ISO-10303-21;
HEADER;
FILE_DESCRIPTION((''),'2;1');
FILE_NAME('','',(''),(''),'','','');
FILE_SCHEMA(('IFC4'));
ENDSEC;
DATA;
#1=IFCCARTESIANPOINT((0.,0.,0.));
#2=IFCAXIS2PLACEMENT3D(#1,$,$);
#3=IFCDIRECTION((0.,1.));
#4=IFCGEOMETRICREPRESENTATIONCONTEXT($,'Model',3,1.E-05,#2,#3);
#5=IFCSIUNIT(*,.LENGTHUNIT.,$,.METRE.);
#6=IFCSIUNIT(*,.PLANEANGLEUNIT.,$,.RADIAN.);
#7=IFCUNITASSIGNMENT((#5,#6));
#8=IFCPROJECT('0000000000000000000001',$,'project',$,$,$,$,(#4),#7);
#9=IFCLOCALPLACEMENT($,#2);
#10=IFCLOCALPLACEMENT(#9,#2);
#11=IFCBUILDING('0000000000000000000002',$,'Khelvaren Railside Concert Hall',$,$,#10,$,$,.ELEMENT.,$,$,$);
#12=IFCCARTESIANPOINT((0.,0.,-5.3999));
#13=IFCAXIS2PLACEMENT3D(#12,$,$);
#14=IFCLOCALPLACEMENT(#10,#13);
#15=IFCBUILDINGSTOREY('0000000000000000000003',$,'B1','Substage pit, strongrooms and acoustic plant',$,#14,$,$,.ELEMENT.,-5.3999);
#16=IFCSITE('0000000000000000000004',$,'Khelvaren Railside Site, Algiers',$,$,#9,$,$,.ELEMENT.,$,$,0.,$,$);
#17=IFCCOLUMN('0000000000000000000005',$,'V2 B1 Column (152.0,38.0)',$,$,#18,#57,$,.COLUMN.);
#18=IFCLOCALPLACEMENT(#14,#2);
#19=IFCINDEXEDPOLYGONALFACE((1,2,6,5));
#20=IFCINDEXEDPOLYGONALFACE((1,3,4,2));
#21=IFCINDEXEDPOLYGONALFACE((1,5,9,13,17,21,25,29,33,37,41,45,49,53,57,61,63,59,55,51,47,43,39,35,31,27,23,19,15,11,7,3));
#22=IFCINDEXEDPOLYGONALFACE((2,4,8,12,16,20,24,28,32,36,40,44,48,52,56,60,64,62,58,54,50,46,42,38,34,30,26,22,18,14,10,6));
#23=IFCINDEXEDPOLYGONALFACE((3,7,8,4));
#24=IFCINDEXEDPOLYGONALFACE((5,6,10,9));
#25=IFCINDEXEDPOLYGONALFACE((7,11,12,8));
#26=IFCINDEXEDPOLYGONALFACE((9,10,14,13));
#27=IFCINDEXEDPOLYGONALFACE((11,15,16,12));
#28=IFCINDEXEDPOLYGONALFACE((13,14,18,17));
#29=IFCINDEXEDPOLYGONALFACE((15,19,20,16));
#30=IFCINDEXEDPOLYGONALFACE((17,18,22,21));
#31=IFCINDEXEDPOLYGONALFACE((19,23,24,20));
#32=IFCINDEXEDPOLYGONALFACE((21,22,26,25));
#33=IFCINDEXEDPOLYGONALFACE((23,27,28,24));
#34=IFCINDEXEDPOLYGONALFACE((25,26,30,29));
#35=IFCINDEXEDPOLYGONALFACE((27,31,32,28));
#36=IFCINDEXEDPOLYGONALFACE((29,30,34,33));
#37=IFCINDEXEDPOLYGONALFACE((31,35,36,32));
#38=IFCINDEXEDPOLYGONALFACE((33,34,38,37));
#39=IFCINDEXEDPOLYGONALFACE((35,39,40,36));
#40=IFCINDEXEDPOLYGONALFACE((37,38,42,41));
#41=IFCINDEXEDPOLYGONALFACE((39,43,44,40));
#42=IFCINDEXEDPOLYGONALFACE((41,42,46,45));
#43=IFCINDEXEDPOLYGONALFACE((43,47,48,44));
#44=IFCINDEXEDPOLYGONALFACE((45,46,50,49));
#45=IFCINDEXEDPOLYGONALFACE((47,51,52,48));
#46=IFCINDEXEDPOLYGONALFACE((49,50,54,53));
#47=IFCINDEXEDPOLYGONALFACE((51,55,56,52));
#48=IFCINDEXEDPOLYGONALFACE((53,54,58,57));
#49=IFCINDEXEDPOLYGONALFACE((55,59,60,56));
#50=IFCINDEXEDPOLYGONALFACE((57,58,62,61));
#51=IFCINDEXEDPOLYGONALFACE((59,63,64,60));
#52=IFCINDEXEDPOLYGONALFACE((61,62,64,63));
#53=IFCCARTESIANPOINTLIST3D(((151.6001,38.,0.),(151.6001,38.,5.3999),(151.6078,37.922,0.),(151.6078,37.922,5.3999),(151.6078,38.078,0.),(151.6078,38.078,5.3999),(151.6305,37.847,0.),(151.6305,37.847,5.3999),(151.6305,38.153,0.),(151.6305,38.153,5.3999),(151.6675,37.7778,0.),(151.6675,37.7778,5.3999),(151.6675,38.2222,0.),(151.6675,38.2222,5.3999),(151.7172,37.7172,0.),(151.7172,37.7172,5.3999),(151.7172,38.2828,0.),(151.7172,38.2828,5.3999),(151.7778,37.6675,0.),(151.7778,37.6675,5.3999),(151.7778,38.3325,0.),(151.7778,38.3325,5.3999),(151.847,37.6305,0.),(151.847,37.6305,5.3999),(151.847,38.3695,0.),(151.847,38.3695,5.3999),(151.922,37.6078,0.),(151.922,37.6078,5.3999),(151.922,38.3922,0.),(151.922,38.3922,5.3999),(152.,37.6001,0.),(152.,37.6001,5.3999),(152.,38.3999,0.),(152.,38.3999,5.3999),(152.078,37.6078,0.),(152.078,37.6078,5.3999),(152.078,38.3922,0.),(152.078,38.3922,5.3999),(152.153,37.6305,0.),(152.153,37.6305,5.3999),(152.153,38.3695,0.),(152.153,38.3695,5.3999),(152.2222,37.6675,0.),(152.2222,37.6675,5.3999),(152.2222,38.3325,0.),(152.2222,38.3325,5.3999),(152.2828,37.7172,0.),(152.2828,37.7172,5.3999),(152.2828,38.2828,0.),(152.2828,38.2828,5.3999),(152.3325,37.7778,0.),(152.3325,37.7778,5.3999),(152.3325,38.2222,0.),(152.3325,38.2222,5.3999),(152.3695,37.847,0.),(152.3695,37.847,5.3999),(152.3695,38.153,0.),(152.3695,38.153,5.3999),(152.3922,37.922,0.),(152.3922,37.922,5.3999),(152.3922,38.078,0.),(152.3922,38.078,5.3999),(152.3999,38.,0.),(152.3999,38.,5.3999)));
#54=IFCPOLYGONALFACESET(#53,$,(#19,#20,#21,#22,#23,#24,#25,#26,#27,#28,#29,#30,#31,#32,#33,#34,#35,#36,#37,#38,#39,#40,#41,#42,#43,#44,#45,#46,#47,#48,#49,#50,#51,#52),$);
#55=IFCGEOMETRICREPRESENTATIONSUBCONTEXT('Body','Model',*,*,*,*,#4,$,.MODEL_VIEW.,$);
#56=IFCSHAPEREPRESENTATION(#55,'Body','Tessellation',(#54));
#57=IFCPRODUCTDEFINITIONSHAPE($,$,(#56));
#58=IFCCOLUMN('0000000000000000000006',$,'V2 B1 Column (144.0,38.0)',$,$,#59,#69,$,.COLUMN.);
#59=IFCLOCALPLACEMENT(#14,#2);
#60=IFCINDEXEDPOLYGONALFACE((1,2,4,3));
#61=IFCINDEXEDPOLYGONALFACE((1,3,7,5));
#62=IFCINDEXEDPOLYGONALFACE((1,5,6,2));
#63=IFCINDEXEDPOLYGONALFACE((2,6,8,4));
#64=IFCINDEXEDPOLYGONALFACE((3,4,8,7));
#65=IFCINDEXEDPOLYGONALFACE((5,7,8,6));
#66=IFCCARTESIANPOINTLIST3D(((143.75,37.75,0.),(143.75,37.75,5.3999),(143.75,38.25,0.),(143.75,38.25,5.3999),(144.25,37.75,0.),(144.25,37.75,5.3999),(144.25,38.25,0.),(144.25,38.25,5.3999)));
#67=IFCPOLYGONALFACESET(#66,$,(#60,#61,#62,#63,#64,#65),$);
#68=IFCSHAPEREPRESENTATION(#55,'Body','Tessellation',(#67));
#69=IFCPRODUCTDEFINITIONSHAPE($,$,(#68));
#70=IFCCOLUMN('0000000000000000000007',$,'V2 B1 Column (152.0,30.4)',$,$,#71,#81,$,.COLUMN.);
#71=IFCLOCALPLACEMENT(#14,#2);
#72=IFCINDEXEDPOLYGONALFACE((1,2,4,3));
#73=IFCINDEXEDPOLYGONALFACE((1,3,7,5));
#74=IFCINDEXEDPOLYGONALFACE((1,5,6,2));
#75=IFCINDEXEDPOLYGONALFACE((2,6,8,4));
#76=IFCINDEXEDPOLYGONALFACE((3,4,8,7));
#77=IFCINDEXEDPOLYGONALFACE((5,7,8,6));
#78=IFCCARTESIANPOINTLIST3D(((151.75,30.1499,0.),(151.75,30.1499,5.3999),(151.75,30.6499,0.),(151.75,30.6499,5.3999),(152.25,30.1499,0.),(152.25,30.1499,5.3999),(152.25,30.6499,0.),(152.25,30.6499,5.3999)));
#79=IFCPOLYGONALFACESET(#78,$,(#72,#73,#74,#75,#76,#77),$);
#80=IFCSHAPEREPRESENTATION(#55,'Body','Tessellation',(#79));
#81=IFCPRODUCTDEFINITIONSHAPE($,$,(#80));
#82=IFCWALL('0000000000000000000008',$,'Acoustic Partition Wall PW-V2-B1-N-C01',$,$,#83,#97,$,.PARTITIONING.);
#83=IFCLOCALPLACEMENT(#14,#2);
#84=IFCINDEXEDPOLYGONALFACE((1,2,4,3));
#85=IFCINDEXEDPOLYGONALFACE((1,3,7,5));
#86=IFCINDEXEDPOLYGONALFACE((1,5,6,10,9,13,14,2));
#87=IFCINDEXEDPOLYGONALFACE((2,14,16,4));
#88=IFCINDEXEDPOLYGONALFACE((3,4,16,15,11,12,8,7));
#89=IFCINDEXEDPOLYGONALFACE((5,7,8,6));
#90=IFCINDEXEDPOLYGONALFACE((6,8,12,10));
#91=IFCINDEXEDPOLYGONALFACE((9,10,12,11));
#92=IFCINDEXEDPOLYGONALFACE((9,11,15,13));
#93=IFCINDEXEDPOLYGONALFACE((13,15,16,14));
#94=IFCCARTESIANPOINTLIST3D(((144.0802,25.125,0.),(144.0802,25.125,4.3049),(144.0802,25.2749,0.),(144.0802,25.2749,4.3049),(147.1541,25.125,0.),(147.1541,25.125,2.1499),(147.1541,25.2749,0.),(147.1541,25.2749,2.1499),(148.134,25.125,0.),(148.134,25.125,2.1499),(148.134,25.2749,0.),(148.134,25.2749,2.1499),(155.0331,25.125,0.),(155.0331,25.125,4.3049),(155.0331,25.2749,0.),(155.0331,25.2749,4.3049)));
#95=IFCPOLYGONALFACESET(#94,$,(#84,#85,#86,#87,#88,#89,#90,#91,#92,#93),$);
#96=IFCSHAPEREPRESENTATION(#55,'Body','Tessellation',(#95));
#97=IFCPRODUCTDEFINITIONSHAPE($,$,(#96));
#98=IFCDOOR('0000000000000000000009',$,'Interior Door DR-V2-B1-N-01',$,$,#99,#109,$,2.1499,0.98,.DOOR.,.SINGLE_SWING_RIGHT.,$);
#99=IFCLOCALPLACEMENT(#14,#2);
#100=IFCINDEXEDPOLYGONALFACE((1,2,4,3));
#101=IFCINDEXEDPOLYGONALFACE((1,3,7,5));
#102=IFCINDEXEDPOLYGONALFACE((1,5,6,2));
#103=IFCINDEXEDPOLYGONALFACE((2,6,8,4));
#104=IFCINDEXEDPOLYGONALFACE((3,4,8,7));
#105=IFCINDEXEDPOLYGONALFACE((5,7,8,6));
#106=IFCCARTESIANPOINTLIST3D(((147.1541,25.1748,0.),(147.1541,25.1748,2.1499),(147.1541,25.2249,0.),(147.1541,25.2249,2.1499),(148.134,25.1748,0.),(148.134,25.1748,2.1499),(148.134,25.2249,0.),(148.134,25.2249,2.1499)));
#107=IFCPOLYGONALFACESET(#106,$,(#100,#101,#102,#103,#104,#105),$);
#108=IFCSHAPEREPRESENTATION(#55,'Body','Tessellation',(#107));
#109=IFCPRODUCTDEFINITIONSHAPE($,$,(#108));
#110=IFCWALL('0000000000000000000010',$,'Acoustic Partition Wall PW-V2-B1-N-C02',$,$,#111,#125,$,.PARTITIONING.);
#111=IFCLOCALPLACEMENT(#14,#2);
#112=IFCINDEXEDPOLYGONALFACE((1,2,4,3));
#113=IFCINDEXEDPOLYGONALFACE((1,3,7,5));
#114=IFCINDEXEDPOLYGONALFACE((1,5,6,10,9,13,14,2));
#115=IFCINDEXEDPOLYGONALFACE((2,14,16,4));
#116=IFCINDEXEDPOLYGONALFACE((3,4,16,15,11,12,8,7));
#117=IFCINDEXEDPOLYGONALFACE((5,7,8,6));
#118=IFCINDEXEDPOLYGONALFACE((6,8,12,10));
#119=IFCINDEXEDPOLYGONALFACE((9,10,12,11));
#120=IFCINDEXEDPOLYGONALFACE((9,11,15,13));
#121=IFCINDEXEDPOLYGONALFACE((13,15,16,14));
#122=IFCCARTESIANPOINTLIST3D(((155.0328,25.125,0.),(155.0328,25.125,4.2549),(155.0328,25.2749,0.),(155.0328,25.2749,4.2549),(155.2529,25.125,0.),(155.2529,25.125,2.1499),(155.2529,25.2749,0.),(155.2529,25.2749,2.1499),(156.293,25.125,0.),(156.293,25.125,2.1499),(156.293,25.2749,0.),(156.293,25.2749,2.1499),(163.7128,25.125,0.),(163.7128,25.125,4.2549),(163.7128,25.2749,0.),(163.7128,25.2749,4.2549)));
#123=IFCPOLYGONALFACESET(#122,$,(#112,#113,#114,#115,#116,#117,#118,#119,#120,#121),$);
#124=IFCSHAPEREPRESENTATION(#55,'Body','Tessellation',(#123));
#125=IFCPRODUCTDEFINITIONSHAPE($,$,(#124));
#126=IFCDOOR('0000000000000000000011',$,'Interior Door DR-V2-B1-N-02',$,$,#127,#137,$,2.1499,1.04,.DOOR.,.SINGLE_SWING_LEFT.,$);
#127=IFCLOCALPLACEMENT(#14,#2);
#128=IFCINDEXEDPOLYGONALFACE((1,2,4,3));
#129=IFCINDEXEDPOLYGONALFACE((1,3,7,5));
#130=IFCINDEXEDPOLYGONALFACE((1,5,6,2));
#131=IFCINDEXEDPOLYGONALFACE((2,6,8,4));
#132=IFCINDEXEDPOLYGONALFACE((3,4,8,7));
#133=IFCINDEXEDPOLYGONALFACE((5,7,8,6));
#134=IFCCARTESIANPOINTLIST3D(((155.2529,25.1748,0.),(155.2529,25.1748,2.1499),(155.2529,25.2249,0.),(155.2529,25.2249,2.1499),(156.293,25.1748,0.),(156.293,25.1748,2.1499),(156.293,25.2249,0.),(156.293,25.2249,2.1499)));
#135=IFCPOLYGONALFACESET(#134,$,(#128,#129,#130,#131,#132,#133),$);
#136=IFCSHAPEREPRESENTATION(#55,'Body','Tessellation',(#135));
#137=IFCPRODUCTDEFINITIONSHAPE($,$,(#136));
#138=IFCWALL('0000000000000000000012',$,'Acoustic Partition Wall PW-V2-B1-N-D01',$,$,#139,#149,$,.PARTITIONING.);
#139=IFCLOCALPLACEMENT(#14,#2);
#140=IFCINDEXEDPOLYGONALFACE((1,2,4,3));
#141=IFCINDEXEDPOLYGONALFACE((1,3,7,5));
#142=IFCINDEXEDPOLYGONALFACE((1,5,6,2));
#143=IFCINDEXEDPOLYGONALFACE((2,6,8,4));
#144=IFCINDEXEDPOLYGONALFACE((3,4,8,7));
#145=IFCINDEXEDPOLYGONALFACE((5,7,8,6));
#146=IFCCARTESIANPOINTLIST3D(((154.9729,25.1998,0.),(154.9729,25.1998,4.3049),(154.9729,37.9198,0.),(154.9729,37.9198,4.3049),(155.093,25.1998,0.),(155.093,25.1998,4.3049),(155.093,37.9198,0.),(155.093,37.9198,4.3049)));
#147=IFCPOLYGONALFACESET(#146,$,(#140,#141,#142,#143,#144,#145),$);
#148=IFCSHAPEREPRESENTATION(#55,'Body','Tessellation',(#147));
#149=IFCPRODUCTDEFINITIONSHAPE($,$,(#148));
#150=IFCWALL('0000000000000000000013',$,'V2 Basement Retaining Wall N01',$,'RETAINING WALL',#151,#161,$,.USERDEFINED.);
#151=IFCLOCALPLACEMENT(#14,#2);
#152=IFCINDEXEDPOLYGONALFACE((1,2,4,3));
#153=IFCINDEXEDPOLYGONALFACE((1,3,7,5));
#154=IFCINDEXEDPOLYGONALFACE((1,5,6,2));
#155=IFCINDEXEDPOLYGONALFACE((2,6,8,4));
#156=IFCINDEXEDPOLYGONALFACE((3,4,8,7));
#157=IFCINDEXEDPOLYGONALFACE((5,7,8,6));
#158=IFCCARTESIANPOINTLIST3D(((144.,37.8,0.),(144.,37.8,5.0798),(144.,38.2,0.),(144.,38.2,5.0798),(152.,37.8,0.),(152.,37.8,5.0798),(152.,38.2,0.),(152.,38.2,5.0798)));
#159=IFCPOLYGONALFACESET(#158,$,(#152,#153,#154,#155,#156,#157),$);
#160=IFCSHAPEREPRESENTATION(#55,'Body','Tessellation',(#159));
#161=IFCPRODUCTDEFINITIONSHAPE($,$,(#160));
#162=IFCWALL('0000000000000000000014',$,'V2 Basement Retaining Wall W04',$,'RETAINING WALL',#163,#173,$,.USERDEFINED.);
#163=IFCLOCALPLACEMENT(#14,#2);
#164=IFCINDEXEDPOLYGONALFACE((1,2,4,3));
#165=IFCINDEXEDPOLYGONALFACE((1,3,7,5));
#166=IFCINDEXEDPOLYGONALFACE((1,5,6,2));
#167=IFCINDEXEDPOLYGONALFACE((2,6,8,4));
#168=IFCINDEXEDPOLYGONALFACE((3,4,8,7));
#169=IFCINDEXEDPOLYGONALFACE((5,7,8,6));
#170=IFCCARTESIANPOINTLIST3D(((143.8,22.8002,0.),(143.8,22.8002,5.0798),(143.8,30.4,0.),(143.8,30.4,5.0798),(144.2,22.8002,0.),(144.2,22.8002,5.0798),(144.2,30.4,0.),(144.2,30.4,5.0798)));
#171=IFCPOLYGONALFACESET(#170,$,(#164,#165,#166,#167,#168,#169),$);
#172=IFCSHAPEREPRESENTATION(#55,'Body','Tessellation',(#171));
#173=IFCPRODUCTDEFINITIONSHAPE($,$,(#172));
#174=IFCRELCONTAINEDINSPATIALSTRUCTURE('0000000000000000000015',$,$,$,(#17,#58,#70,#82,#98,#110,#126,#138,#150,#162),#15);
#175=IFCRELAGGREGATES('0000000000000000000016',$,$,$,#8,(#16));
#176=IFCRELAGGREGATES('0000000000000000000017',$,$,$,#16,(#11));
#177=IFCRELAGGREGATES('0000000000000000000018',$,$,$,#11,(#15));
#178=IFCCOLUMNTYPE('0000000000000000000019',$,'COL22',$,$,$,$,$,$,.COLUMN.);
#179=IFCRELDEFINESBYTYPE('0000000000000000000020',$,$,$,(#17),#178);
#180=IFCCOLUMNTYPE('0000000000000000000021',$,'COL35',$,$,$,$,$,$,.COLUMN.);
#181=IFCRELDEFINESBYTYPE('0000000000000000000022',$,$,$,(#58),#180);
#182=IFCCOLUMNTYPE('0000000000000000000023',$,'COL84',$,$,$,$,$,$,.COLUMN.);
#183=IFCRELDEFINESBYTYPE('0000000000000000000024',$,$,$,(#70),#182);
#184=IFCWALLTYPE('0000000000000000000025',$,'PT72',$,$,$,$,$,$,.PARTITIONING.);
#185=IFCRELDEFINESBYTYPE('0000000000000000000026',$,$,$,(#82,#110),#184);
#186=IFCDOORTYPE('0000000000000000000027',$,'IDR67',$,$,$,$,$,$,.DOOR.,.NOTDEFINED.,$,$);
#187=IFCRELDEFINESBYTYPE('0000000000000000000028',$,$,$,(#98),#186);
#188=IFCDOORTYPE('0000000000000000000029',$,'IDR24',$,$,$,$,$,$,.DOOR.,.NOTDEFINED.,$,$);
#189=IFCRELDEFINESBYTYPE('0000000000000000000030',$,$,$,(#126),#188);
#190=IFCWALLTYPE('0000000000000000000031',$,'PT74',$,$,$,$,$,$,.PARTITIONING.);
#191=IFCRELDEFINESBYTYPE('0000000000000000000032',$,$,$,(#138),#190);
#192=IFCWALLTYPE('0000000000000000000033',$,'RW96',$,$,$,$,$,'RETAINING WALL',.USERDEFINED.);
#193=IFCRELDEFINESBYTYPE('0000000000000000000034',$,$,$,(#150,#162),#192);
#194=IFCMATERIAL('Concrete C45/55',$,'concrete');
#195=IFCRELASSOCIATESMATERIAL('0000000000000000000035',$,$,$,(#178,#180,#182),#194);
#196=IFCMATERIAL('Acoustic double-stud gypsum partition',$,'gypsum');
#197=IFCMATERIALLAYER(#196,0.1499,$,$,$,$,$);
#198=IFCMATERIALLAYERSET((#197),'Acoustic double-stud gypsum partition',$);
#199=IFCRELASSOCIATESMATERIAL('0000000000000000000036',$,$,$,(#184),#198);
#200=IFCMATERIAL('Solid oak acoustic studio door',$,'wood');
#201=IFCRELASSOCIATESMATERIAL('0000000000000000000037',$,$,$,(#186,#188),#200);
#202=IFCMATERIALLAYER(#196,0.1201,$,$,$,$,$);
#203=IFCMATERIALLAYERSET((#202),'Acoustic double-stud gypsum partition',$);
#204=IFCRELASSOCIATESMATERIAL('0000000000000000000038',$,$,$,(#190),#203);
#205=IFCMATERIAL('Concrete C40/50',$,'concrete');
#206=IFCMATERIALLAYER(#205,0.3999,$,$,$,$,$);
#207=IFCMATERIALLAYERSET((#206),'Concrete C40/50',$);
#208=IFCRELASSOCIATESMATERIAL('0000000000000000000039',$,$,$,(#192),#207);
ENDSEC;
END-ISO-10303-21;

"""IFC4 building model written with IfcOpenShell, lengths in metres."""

from ifc_helpers import new_model, si_unit, direction, frame, frame_2d, origin, origin_2d, place, context, subcontext, project, spatial, rectangle, circle, extrude, material, layer, layer_set, material_profile, profile_set, type_object, element, fill, save


model = new_model("IFC4")

# Units and contexts
model_context = context("Model", 3, precision=1e-05, world=origin(), true_north=direction((0.0, 1.0)))
body_context = subcontext(model_context, "Body", "Model", "MODEL_VIEW")
ifc_project = project(units=[si_unit("LENGTHUNIT", "METRE"), si_unit("PLANEANGLEUNIT", "RADIAN")], contexts=[model_context])

# Site, building, storey
site_placement = place(None, origin())
site = spatial("IfcSite", under=ifc_project, at=site_placement, Name="Khelvaren Railside Site, Algiers", CompositionType="ELEMENT", RefElevation=0.0)
building_placement = place(site_placement, origin())
building = spatial("IfcBuilding", under=site, at=building_placement, Name="Khelvaren Railside Concert Hall", CompositionType="ELEMENT")
storey_placement = place(building_placement, frame((0.0, 0.0, -5.3999)))
storey = spatial("IfcBuildingStorey", under=building, at=storey_placement, Name="B1", Description="Substage pit, strongrooms and acoustic plant", CompositionType="ELEMENT", Elevation=-5.3999)

# Columns
ifc_material_1 = material(Name="Concrete C45/55", Category="concrete")
ifc_material_profile_1 = material_profile(ifc_material_1, circle(Radius=0.3999, at=origin_2d()), Name="RC D800")
ifc_profile_set_1 = profile_set([ifc_material_profile_1], Name="Concrete C45/55")
column_type_1 = type_object("IfcColumnType", Name="COL22", PredefinedType="COLUMN", material=ifc_profile_set_1)
column_1_placement = place(storey_placement, frame((152.0, 38.0, 0.0), z_axis=(0.0, 0.0, 1.0), x_axis=(1.0, 0.0, 0.0)))
element("IfcColumn", 1, at=column_1_placement, inside=storey, type_object=column_type_1, Name="V2 B1 Column (152.0,38.0)", PredefinedType="COLUMN", context=body_context, shape_type="SweptSolid", body=[
    extrude(circle(Radius=0.3999, at=origin_2d()), origin(), (0.0, 0.0, 1.0), 5.3999),
])
ifc_material_profile_2 = material_profile(ifc_material_1, rectangle(XDim=0.5, YDim=0.5, at=origin_2d()), Name="RC 500x500")
ifc_profile_set_2 = profile_set([ifc_material_profile_2], Name="Concrete C45/55")
column_type_2 = type_object("IfcColumnType", Name="COL35", PredefinedType="COLUMN", material=ifc_profile_set_2)
column_2_placement = place(storey_placement, frame((144.0, 38.0, 0.0), z_axis=(0.0, 0.0, 1.0), x_axis=(1.0, 0.0, 0.0)))
element("IfcColumn", 2, at=column_2_placement, inside=storey, type_object=column_type_2, Name="V2 B1 Column (144.0,38.0)", PredefinedType="COLUMN", context=body_context, shape_type="SweptSolid", body=[
    extrude(rectangle(XDim=0.5, YDim=0.5, at=origin_2d()), origin(), (0.0, 0.0, 1.0), 5.3999),
])
ifc_material_profile_3 = material_profile(ifc_material_1, rectangle(XDim=0.5, YDim=0.5, at=origin_2d()), Name="RC 500x500")
ifc_profile_set_3 = profile_set([ifc_material_profile_3], Name="Concrete C45/55")
column_type_3 = type_object("IfcColumnType", Name="COL84", PredefinedType="COLUMN", material=ifc_profile_set_3)
column_3_placement = place(storey_placement, frame((152.0, 30.3999, 0.0), z_axis=(0.0, 0.0, 1.0), x_axis=(1.0, 0.0, 0.0)))
element("IfcColumn", 3, at=column_3_placement, inside=storey, type_object=column_type_3, Name="V2 B1 Column (152.0,30.4)", PredefinedType="COLUMN", context=body_context, shape_type="SweptSolid", body=[
    extrude(rectangle(XDim=0.5, YDim=0.5, at=origin_2d()), origin(), (0.0, 0.0, 1.0), 5.3999),
])

# Walls, openings, doors
ifc_material_2 = material(Name="Acoustic double-stud gypsum partition", Category="gypsum")
ifc_layer_1 = layer(ifc_material_2, 0.1499)
ifc_layer_set_1 = layer_set([ifc_layer_1], Name="Acoustic double-stud gypsum partition")
wall_type_1 = type_object("IfcWallType", Name="PT72", PredefinedType="PARTITIONING", material=ifc_layer_set_1)
wall_1_placement = place(storey_placement, frame((144.0801, 25.2, 0.0), z_axis=(0.0, 0.0, 1.0), x_axis=(1.0, 0.0, 0.0)))
wall_1 = element("IfcWall", 4, at=wall_1_placement, inside=storey, type_object=wall_type_1, Name="Acoustic Partition Wall PW-V2-B1-N-C01", PredefinedType="PARTITIONING", context=body_context, shape_type="SweptSolid", body=[
    extrude(rectangle(XDim=10.9529, YDim=0.1499, at=frame_2d((5.4766, 0.0))), origin(), (0.0, 0.0, 1.0), 4.3049),
])
opening_1_placement = place(wall_1_placement, frame((3.074, 0.0, 0.0)))
opening_1 = element("IfcOpeningElement", 5, at=opening_1_placement, cuts=wall_1, PredefinedType="OPENING", context=body_context, shape_type="SweptSolid", body=[
    extrude(rectangle(XDim=0.98, YDim=2.1499, at=frame_2d((0.49, 1.075))), frame((0.0, 0.085, 0.0), z_axis=(0.0, -1.0, 0.0), x_axis=(1.0, 0.0, 0.0)), (0.0, 0.0, 1.0), 0.1699),
])
ifc_material_3 = material(Name="Solid oak acoustic studio door", Category="wood")
door_type_1 = type_object("IfcDoorType", Name="IDR67", OperationType="NOTDEFINED", PredefinedType="DOOR", material=ifc_material_3)
door_1_placement = place(opening_1_placement, origin())
door_1 = element("IfcDoor", 6, at=door_1_placement, inside=storey, type_object=door_type_1, Name="Interior Door DR-V2-B1-N-01", OperationType="SINGLE_SWING_RIGHT", OverallHeight=2.1499, OverallWidth=0.98, PredefinedType="DOOR", context=body_context, shape_type="SweptSolid", body=[
    extrude(rectangle(XDim=0.98, YDim=2.1499, at=frame_2d((0.49, 1.075))), frame((0.0, 0.0249, 0.0), z_axis=(0.0, -1.0, 0.0), x_axis=(1.0, 0.0, 0.0)), (0.0, 0.0, 1.0), 0.05),
])
fill(opening_1, door_1)
wall_2_placement = place(storey_placement, frame((155.033, 25.2, 0.0), z_axis=(0.0, 0.0, 1.0), x_axis=(1.0, 0.0, 0.0)))
wall_2 = element("IfcWall", 7, at=wall_2_placement, inside=storey, type_object=wall_type_1, Name="Acoustic Partition Wall PW-V2-B1-N-C02", PredefinedType="PARTITIONING", context=body_context, shape_type="SweptSolid", body=[
    extrude(rectangle(XDim=8.6799, YDim=0.1499, at=frame_2d((4.3398, 0.0))), origin(), (0.0, 0.0, 1.0), 4.2549),
])
opening_2_placement = place(wall_2_placement, frame((0.22, 0.0, 0.0)))
opening_2 = element("IfcOpeningElement", 8, at=opening_2_placement, cuts=wall_2, PredefinedType="OPENING", context=body_context, shape_type="SweptSolid", body=[
    extrude(rectangle(XDim=1.04, YDim=2.1499, at=frame_2d((0.52, 1.075))), frame((0.0, 0.085, 0.0), z_axis=(0.0, -1.0, 0.0), x_axis=(1.0, 0.0, 0.0)), (0.0, 0.0, 1.0), 0.1699),
])
door_type_2 = type_object("IfcDoorType", Name="IDR24", OperationType="NOTDEFINED", PredefinedType="DOOR", material=ifc_material_3)
door_2_placement = place(opening_2_placement, origin())
door_2 = element("IfcDoor", 9, at=door_2_placement, inside=storey, type_object=door_type_2, Name="Interior Door DR-V2-B1-N-02", OperationType="SINGLE_SWING_LEFT", OverallHeight=2.1499, OverallWidth=1.04, PredefinedType="DOOR", context=body_context, shape_type="SweptSolid", body=[
    extrude(rectangle(XDim=1.04, YDim=2.1499, at=frame_2d((0.52, 1.075))), frame((0.0, 0.0249, 0.0), z_axis=(0.0, -1.0, 0.0), x_axis=(1.0, 0.0, 0.0)), (0.0, 0.0, 1.0), 0.05),
])
fill(opening_2, door_2)

# Walls
ifc_layer_2 = layer(ifc_material_2, 0.1201)
ifc_layer_set_2 = layer_set([ifc_layer_2], Name="Acoustic double-stud gypsum partition")
wall_type_2 = type_object("IfcWallType", Name="PT74", PredefinedType="PARTITIONING", material=ifc_layer_set_2)
wall_3_placement = place(storey_placement, frame((155.033, 25.2, 0.0), z_axis=(0.0, 0.0, 1.0), x_axis=(0.0, 1.0, 0.0)))
element("IfcWall", 10, at=wall_3_placement, inside=storey, type_object=wall_type_2, Name="Acoustic Partition Wall PW-V2-B1-N-D01", PredefinedType="PARTITIONING", context=body_context, shape_type="SweptSolid", body=[
    extrude(rectangle(XDim=12.72, YDim=0.1201, at=frame_2d((6.3599, 0.0))), origin(), (0.0, 0.0, 1.0), 4.3049),
])
ifc_material_4 = material(Name="Concrete C40/50", Category="concrete")
ifc_layer_3 = layer(ifc_material_4, 0.3999)
ifc_layer_set_3 = layer_set([ifc_layer_3], Name="Concrete C40/50")
wall_type_3 = type_object("IfcWallType", Name="RW96", ElementType="RETAINING WALL", PredefinedType="USERDEFINED", material=ifc_layer_set_3)
wall_4_placement = place(storey_placement, frame((152.0, 38.0, 0.0), z_axis=(0.0, 0.0, 1.0), x_axis=(-1.0, 0.0, 0.0)))
element("IfcWall", 11, at=wall_4_placement, inside=storey, type_object=wall_type_3, Name="V2 Basement Retaining Wall N01", ObjectType="RETAINING WALL", PredefinedType="USERDEFINED", context=body_context, shape_type="SweptSolid", body=[
    extrude(rectangle(XDim=8.0, YDim=0.3999, at=frame_2d((4.0, 0.0))), origin(), (0.0, 0.0, 1.0), 5.0798),
])
wall_5_placement = place(storey_placement, frame((144.0, 30.3999, 0.0), z_axis=(0.0, 0.0, 1.0), x_axis=(0.0, -1.0, 0.0)))
element("IfcWall", 12, at=wall_5_placement, inside=storey, type_object=wall_type_3, Name="V2 Basement Retaining Wall W04", ObjectType="RETAINING WALL", PredefinedType="USERDEFINED", context=body_context, shape_type="SweptSolid", body=[
    extrude(rectangle(XDim=7.5999, YDim=0.3999, at=frame_2d((3.7998, 0.0))), origin(), (0.0, 0.0, 1.0), 5.0798),
])

save(model, "model.ifc")
